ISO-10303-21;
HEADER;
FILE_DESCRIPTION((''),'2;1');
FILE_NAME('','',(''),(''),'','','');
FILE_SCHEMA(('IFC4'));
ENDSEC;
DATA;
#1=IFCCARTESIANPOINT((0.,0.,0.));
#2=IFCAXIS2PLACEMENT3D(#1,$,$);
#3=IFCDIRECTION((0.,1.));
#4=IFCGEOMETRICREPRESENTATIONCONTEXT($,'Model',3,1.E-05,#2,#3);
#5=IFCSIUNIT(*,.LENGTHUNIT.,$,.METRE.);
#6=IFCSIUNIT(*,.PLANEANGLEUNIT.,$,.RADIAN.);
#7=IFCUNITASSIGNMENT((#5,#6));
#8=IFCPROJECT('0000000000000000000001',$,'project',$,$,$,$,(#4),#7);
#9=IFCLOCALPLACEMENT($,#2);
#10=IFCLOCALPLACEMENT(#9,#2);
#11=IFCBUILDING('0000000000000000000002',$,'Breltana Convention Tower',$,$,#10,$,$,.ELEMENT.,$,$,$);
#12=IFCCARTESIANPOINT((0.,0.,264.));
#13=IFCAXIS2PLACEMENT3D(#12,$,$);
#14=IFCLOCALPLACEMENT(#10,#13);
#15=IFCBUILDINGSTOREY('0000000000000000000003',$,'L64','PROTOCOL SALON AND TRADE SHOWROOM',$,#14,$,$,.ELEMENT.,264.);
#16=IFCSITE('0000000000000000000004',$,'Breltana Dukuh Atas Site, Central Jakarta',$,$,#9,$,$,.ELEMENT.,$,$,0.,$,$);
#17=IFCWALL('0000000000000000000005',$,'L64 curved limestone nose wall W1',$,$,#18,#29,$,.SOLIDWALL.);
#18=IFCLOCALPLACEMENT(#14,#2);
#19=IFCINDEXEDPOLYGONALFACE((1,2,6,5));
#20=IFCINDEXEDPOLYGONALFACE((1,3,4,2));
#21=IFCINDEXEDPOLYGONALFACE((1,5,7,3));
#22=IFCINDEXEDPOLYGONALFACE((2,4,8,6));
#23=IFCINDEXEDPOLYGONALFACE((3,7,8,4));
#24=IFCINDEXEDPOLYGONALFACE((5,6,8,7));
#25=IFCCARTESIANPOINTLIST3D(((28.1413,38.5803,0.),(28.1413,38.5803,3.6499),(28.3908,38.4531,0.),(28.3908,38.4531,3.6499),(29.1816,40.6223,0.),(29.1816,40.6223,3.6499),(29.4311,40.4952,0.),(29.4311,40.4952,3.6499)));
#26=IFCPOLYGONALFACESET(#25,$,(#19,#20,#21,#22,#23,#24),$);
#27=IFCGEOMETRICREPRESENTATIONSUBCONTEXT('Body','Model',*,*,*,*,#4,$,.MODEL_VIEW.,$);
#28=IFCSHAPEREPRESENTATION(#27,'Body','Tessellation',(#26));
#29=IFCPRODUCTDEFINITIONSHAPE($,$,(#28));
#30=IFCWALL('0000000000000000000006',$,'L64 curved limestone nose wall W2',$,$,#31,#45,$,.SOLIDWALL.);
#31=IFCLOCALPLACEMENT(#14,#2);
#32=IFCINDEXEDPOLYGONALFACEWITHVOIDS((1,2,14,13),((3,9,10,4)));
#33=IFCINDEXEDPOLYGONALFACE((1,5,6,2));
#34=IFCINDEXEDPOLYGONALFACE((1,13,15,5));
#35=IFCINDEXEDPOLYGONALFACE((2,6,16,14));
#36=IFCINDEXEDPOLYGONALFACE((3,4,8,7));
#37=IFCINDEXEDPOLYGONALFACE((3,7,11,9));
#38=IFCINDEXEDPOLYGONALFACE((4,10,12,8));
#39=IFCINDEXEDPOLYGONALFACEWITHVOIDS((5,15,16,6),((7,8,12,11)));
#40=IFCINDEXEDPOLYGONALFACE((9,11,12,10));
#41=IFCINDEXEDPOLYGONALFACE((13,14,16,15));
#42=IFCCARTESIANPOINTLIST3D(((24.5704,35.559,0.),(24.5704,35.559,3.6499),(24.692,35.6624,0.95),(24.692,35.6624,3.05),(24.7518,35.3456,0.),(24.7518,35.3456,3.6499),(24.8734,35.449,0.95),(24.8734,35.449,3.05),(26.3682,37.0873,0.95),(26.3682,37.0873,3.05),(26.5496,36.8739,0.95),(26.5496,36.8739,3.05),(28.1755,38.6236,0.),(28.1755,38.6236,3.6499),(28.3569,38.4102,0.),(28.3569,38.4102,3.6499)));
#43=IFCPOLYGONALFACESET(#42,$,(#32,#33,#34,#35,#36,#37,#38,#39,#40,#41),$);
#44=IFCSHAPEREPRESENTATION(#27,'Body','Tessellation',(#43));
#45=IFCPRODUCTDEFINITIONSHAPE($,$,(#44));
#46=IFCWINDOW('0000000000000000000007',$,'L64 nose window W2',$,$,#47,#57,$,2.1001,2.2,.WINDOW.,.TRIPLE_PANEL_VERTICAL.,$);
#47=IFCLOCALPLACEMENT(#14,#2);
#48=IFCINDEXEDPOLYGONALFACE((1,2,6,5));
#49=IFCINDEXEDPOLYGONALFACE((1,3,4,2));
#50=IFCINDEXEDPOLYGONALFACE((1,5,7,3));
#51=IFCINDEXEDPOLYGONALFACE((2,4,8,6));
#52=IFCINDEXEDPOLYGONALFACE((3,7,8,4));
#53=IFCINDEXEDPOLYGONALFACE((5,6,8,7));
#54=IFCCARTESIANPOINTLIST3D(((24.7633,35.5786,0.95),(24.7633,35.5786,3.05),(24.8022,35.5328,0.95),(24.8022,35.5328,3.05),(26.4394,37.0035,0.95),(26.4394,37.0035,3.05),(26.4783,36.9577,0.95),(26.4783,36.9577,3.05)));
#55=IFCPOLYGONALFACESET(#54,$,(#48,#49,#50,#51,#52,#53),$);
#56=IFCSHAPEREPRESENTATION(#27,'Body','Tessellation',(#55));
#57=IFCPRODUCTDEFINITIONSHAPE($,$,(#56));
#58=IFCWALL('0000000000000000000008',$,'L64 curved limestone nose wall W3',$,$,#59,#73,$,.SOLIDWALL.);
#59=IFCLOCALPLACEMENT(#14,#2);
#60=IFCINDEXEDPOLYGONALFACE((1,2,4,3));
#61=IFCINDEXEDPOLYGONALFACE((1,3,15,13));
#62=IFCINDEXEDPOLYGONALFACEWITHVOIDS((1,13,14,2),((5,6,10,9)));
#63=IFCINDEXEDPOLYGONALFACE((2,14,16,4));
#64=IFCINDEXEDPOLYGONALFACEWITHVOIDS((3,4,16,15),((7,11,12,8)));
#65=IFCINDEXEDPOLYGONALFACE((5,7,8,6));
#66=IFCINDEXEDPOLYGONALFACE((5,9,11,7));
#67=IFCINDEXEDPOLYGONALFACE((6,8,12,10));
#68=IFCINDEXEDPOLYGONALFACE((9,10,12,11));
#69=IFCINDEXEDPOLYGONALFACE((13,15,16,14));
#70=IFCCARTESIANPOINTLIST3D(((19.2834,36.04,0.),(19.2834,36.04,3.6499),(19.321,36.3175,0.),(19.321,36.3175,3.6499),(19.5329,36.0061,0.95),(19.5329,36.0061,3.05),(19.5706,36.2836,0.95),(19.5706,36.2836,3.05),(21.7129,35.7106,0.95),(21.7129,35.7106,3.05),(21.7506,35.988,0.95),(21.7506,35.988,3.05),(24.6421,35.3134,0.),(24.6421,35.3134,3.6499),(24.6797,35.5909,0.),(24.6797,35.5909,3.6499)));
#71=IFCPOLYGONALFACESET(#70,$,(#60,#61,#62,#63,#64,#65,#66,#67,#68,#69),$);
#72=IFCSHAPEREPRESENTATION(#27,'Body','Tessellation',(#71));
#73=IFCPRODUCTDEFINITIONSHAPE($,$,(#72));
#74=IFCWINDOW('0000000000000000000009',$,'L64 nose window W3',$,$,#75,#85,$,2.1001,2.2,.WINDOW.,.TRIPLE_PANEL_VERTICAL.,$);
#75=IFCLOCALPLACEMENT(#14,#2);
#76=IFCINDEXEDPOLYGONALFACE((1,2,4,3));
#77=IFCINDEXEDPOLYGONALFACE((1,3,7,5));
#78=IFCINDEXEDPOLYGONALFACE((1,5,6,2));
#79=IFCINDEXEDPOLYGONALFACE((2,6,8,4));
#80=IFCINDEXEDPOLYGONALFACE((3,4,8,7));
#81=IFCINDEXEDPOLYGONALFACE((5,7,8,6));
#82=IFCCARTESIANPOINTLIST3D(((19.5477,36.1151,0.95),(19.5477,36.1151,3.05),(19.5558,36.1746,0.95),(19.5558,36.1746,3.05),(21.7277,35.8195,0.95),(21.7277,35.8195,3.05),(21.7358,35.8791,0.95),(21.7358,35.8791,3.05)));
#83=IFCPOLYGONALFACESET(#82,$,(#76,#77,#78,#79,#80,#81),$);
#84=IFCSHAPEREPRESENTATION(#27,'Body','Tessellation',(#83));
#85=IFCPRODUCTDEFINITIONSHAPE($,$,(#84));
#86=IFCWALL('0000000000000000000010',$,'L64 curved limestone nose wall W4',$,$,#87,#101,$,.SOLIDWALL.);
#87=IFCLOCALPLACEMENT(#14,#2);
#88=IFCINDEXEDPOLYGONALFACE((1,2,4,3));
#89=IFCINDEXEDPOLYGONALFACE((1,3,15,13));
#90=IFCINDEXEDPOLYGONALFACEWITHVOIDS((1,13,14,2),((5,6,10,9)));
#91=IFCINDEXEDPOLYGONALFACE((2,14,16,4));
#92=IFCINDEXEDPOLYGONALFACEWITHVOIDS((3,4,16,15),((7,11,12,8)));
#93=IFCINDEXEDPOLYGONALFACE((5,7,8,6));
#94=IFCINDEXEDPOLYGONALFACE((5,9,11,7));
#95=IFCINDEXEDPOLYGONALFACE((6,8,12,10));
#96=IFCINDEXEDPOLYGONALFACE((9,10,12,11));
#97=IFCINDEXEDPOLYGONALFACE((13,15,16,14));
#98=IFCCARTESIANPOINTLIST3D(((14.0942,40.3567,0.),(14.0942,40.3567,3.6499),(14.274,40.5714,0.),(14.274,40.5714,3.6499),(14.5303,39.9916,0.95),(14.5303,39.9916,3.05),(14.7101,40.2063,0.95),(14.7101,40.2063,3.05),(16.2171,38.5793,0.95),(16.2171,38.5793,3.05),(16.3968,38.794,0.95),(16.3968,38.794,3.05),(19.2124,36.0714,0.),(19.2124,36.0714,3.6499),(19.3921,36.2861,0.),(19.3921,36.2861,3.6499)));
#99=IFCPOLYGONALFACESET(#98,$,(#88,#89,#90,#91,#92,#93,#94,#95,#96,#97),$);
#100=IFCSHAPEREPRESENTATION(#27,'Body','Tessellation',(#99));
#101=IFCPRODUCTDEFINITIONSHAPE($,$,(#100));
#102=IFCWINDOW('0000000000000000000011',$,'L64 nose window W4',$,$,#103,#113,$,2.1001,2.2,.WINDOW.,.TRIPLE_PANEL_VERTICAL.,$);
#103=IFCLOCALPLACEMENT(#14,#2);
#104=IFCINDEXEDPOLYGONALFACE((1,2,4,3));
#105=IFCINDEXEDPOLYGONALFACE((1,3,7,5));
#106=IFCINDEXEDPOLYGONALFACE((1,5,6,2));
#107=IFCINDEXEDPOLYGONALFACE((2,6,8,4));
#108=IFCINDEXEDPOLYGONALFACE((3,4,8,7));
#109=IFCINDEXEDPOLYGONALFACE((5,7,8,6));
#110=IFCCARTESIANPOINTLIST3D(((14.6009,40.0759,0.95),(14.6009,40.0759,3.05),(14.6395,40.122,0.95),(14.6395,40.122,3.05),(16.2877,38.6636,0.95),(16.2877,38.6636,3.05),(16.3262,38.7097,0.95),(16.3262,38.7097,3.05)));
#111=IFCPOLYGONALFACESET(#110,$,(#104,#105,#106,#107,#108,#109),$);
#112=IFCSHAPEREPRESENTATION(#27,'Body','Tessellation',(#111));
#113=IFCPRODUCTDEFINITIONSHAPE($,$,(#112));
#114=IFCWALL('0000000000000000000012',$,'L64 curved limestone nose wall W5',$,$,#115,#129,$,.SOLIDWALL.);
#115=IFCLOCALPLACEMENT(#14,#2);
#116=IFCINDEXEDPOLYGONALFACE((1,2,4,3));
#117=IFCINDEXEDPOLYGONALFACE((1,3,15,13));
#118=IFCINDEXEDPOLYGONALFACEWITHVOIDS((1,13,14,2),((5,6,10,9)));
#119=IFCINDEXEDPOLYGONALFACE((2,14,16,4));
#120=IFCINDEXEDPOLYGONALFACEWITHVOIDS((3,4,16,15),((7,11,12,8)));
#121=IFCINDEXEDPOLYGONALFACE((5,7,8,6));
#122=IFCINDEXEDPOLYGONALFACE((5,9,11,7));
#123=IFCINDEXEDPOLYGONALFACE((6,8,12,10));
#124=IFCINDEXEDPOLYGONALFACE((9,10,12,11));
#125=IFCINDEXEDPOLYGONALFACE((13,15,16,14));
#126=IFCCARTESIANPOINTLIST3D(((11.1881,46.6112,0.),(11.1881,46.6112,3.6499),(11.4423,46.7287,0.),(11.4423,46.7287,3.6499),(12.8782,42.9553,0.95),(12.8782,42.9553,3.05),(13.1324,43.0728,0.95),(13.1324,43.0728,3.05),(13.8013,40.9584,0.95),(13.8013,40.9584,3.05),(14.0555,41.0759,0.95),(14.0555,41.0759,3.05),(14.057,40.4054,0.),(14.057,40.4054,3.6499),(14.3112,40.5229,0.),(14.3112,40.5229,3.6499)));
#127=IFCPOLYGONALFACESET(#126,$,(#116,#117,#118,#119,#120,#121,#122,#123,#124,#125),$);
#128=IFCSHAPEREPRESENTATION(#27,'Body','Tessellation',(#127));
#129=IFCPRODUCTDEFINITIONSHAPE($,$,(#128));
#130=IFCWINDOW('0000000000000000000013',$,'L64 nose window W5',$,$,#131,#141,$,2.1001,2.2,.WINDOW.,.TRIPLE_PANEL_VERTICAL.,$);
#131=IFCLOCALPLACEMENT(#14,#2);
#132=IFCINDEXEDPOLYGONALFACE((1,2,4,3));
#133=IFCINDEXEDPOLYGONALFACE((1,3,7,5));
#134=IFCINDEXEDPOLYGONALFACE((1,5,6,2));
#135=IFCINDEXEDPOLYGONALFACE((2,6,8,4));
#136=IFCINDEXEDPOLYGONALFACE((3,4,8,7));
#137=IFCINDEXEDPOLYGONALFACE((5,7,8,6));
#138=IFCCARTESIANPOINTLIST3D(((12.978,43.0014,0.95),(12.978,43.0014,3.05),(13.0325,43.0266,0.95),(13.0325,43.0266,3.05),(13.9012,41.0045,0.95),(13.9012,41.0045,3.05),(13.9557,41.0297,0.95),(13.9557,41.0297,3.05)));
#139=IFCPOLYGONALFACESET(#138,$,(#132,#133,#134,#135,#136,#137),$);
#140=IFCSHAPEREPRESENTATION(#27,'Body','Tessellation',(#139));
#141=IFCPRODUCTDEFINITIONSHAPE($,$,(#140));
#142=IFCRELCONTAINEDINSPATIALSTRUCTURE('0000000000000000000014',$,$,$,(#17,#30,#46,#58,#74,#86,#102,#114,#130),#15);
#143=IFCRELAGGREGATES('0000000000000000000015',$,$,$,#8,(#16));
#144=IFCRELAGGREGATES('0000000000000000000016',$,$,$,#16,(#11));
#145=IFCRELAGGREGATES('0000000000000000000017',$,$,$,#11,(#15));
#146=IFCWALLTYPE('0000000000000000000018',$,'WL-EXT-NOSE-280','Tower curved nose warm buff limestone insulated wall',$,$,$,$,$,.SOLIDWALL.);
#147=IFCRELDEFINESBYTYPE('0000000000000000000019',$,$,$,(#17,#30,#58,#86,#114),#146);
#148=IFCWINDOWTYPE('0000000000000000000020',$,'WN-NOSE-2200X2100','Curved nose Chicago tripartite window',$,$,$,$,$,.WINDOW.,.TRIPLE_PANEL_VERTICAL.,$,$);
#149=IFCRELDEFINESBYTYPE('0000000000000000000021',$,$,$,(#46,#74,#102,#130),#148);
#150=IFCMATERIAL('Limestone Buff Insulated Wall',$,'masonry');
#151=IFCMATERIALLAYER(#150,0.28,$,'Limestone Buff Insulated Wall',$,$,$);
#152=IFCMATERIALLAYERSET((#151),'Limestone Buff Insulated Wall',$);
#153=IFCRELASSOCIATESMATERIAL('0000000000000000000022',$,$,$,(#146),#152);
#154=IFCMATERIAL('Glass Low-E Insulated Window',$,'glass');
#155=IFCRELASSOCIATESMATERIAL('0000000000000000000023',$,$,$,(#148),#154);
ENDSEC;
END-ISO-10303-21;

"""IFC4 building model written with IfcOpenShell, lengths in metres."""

from ifc_helpers import new_model, si_unit, direction, frame, frame_2d, origin, place, context, subcontext, project, spatial, rectangle, extrude, source, transform, mapped, material, layer, layer_set, type_object, type_shapes, element, fill, save


model = new_model("IFC4")

# Units and contexts
model_context = context("Model", 3, precision=1e-05, world=origin(), true_north=direction((0.0, 1.0)))
body_context = subcontext(model_context, "Body", "Model", "MODEL_VIEW")
ifc_project = project(units=[si_unit("LENGTHUNIT", "METRE"), si_unit("PLANEANGLEUNIT", "RADIAN")], contexts=[model_context])

# Site, building, storey
site_placement = place(None, origin())
site = spatial("IfcSite", under=ifc_project, at=site_placement, Name="Breltana Dukuh Atas Site, Central Jakarta", CompositionType="ELEMENT", RefElevation=0.0)
building_placement = place(site_placement, origin())
building = spatial("IfcBuilding", under=site, at=building_placement, Name="Breltana Convention Tower", CompositionType="ELEMENT")
storey_placement = place(building_placement, frame((0.0, 0.0, 264.0)))
storey = spatial("IfcBuildingStorey", under=building, at=storey_placement, Name="L64", Description="PROTOCOL SALON AND TRADE SHOWROOM", CompositionType="ELEMENT", Elevation=264.0)

# Wall
ifc_material_1 = material(Name="Limestone Buff Insulated Wall", Category="masonry")
ifc_layer_1 = layer(ifc_material_1, 0.28, Name="Limestone Buff Insulated Wall")
ifc_layer_set_1 = layer_set([ifc_layer_1], Name="Limestone Buff Insulated Wall")
wall_type = type_object("IfcWallType", Name="WL-EXT-NOSE-280", Description="Tower curved nose warm buff limestone insulated wall", PredefinedType="SOLIDWALL", material=ifc_layer_set_1)
shared_shape_1 = source(origin(), body_context, "Body", "SweptSolid", [
    extrude(rectangle(XDim=2.2917, YDim=0.28, at=frame_2d((1.146, 0.0))), origin(), (0.0, 0.0, 1.0), 3.6499),
])
wall_1_placement = place(storey_placement, frame((29.3064, 40.5588, 0.0), z_axis=(0.0, 0.0, 1.0), x_axis=(-0.453934, -0.891035, 0.0)))
element("IfcWall", 1, at=wall_1_placement, inside=storey, type_object=wall_type, Name="L64 curved limestone nose wall W1", PredefinedType="SOLIDWALL", context=body_context, shape_type="MappedRepresentation", body=[
    mapped(shared_shape_1, transform((0.0, 0.0, 0.0), scale=1.0)),
])

# Walls, openings, windows
shared_shape_2 = source(origin(), body_context, "Body", "SweptSolid", [
    extrude(rectangle(XDim=4.7317, YDim=0.28, at=frame_2d((2.3657, 0.0))), origin(), (0.0, 0.0, 1.0), 3.6499),
])
wall_2_placement = place(storey_placement, frame((28.2661, 38.5168, 0.0), z_axis=(0.0, 0.0, 1.0), x_axis=(-0.761913, -0.64768, 0.0)))
wall_2 = element("IfcWall", 2, at=wall_2_placement, inside=storey, type_object=wall_type, Name="L64 curved limestone nose wall W2", PredefinedType="SOLIDWALL", context=body_context, shape_type="MappedRepresentation", body=[
    mapped(shared_shape_2, transform((0.0, 0.0, 0.0), scale=1.0)),
])
opening_1_placement = place(wall_2_placement, frame((2.3718, 0.0, 0.95)))
opening_1 = element("IfcOpeningElement", 3, at=opening_1_placement, cuts=wall_2, PredefinedType="OPENING", context=body_context, shape_type="SweptSolid", body=[
    extrude(rectangle(XDim=2.2, YDim=2.1001, at=frame_2d((1.1001, 1.05))), frame((0.0, 0.1499, 0.0), z_axis=(0.0, -1.0, 0.0), x_axis=(1.0, 0.0, 0.0)), (0.0, 0.0, 1.0), 0.3),
])
ifc_material_2 = material(Name="Glass Low-E Insulated Window", Category="glass")
window_type = type_object("IfcWindowType", Name="WN-NOSE-2200X2100", Description="Curved nose Chicago tripartite window", PartitioningType="TRIPLE_PANEL_VERTICAL", PredefinedType="WINDOW", material=ifc_material_2)
shared_shape_3 = source(origin(), body_context, "Body", "SweptSolid", [
    extrude(rectangle(XDim=2.2, YDim=2.1001, at=frame_2d((1.1001, 1.05))), frame((0.0, 0.03, 0.0), z_axis=(0.0, -1.0, 0.0), x_axis=(1.0, 0.0, 0.0)), (0.0, 0.0, 1.0), 0.0601),
])
type_shapes(window_type, [shared_shape_3])
window_1_placement = place(opening_1_placement, origin())
window_1 = element("IfcWindow", 4, at=window_1_placement, inside=storey, type_object=window_type, Name="L64 nose window W2", OverallHeight=2.1001, OverallWidth=2.2, PartitioningType="TRIPLE_PANEL_VERTICAL", PredefinedType="WINDOW", context=body_context, shape_type="MappedRepresentation", body=[
    mapped(shared_shape_3, transform((0.0, 0.0, 0.0), scale=1.0)),
])
fill(opening_1, window_1)
shared_shape_4 = source(origin(), body_context, "Body", "SweptSolid", [
    extrude(rectangle(XDim=5.4077, YDim=0.28, at=frame_2d((2.7039, 0.0))), origin(), (0.0, 0.0, 1.0), 3.6499),
])
wall_3_placement = place(storey_placement, frame((24.6609, 35.4521, 0.0), z_axis=(0.0, 0.0, 1.0), x_axis=(-0.990933, 0.134358, 0.0)))
wall_3 = element("IfcWall", 5, at=wall_3_placement, inside=storey, type_object=wall_type, Name="L64 curved limestone nose wall W3", PredefinedType="SOLIDWALL", context=body_context, shape_type="MappedRepresentation", body=[
    mapped(shared_shape_4, transform((0.0, 0.0, 0.0), scale=1.0)),
])
opening_2_placement = place(wall_3_placement, frame((2.9558, 0.0, 0.95)))
opening_2 = element("IfcOpeningElement", 6, at=opening_2_placement, cuts=wall_3, PredefinedType="OPENING", context=body_context, shape_type="SweptSolid", body=[
    extrude(rectangle(XDim=2.2, YDim=2.1001, at=frame_2d((1.1001, 1.05))), frame((0.0, 0.1499, 0.0), z_axis=(0.0, -1.0, 0.0), x_axis=(1.0, 0.0, 0.0)), (0.0, 0.0, 1.0), 0.3),
])
window_2_placement = place(opening_2_placement, origin())
window_2 = element("IfcWindow", 7, at=window_2_placement, inside=storey, type_object=window_type, Name="L64 nose window W3", OverallHeight=2.1001, OverallWidth=2.2, PartitioningType="TRIPLE_PANEL_VERTICAL", PredefinedType="WINDOW", context=body_context, shape_type="MappedRepresentation", body=[
    mapped(shared_shape_3, transform((0.0, 0.0, 0.0), scale=1.0)),
])
fill(opening_2, window_2)
shared_shape_5 = source(origin(), body_context, "Body", "SweptSolid", [
    extrude(rectangle(XDim=6.6753, YDim=0.28, at=frame_2d((3.3376, 0.0))), origin(), (0.0, 0.0, 1.0), 3.6499),
])
wall_4_placement = place(storey_placement, frame((19.3022, 36.1787, 0.0), z_axis=(0.0, 0.0, 1.0), x_axis=(-0.766726, 0.641974, 0.0)))
wall_4 = element("IfcWall", 8, at=wall_4_placement, inside=storey, type_object=wall_type, Name="L64 curved limestone nose wall W4", PredefinedType="SOLIDWALL", context=body_context, shape_type="MappedRepresentation", body=[
    mapped(shared_shape_5, transform((0.0, 0.0, 0.0), scale=1.0)),
])
opening_3_placement = place(wall_4_placement, frame((3.9065, 0.0, 0.95)))
opening_3 = element("IfcOpeningElement", 9, at=opening_3_placement, cuts=wall_4, PredefinedType="OPENING", context=body_context, shape_type="SweptSolid", body=[
    extrude(rectangle(XDim=2.2, YDim=2.1001, at=frame_2d((1.1001, 1.05))), frame((0.0, 0.1499, 0.0), z_axis=(0.0, -1.0, 0.0), x_axis=(1.0, 0.0, 0.0)), (0.0, 0.0, 1.0), 0.3),
])
window_3_placement = place(opening_3_placement, origin())
window_3 = element("IfcWindow", 10, at=window_3_placement, inside=storey, type_object=window_type, Name="L64 nose window W4", OverallHeight=2.1001, OverallWidth=2.2, PartitioningType="TRIPLE_PANEL_VERTICAL", PredefinedType="WINDOW", context=body_context, shape_type="MappedRepresentation", body=[
    mapped(shared_shape_3, transform((0.0, 0.0, 0.0), scale=1.0)),
])
fill(opening_3, window_3)
shared_shape_6 = source(origin(), body_context, "Body", "SweptSolid", [
    extrude(rectangle(XDim=6.8369, YDim=0.28, at=frame_2d((3.4185, 0.0))), origin(), (0.0, 0.0, 1.0), 3.6499),
])
wall_5_placement = place(storey_placement, frame((14.1841, 40.4641, 0.0), z_axis=(0.0, 0.0, 1.0), x_axis=(-0.419622, 0.907699, 0.0)))
wall_5 = element("IfcWall", 11, at=wall_5_placement, inside=storey, type_object=wall_type, Name="L64 curved limestone nose wall W5", PredefinedType="SOLIDWALL", context=body_context, shape_type="MappedRepresentation", body=[
    mapped(shared_shape_6, transform((0.0, 0.0, 0.0), scale=1.0)),
])
opening_4_placement = place(wall_5_placement, frame((0.6091, 0.0, 0.95)))
opening_4 = element("IfcOpeningElement", 12, at=opening_4_placement, cuts=wall_5, PredefinedType="OPENING", context=body_context, shape_type="SweptSolid", body=[
    extrude(rectangle(XDim=2.2, YDim=2.1001, at=frame_2d((1.1001, 1.05))), frame((0.0, 0.1499, 0.0), z_axis=(0.0, -1.0, 0.0), x_axis=(1.0, 0.0, 0.0)), (0.0, 0.0, 1.0), 0.3),
])
window_4_placement = place(opening_4_placement, origin())
window_4 = element("IfcWindow", 13, at=window_4_placement, inside=storey, type_object=window_type, Name="L64 nose window W5", OverallHeight=2.1001, OverallWidth=2.2, PartitioningType="TRIPLE_PANEL_VERTICAL", PredefinedType="WINDOW", context=body_context, shape_type="MappedRepresentation", body=[
    mapped(shared_shape_3, transform((0.0, 0.0, 0.0), scale=1.0)),
])
fill(opening_4, window_4)

save(model, "model.ifc")
